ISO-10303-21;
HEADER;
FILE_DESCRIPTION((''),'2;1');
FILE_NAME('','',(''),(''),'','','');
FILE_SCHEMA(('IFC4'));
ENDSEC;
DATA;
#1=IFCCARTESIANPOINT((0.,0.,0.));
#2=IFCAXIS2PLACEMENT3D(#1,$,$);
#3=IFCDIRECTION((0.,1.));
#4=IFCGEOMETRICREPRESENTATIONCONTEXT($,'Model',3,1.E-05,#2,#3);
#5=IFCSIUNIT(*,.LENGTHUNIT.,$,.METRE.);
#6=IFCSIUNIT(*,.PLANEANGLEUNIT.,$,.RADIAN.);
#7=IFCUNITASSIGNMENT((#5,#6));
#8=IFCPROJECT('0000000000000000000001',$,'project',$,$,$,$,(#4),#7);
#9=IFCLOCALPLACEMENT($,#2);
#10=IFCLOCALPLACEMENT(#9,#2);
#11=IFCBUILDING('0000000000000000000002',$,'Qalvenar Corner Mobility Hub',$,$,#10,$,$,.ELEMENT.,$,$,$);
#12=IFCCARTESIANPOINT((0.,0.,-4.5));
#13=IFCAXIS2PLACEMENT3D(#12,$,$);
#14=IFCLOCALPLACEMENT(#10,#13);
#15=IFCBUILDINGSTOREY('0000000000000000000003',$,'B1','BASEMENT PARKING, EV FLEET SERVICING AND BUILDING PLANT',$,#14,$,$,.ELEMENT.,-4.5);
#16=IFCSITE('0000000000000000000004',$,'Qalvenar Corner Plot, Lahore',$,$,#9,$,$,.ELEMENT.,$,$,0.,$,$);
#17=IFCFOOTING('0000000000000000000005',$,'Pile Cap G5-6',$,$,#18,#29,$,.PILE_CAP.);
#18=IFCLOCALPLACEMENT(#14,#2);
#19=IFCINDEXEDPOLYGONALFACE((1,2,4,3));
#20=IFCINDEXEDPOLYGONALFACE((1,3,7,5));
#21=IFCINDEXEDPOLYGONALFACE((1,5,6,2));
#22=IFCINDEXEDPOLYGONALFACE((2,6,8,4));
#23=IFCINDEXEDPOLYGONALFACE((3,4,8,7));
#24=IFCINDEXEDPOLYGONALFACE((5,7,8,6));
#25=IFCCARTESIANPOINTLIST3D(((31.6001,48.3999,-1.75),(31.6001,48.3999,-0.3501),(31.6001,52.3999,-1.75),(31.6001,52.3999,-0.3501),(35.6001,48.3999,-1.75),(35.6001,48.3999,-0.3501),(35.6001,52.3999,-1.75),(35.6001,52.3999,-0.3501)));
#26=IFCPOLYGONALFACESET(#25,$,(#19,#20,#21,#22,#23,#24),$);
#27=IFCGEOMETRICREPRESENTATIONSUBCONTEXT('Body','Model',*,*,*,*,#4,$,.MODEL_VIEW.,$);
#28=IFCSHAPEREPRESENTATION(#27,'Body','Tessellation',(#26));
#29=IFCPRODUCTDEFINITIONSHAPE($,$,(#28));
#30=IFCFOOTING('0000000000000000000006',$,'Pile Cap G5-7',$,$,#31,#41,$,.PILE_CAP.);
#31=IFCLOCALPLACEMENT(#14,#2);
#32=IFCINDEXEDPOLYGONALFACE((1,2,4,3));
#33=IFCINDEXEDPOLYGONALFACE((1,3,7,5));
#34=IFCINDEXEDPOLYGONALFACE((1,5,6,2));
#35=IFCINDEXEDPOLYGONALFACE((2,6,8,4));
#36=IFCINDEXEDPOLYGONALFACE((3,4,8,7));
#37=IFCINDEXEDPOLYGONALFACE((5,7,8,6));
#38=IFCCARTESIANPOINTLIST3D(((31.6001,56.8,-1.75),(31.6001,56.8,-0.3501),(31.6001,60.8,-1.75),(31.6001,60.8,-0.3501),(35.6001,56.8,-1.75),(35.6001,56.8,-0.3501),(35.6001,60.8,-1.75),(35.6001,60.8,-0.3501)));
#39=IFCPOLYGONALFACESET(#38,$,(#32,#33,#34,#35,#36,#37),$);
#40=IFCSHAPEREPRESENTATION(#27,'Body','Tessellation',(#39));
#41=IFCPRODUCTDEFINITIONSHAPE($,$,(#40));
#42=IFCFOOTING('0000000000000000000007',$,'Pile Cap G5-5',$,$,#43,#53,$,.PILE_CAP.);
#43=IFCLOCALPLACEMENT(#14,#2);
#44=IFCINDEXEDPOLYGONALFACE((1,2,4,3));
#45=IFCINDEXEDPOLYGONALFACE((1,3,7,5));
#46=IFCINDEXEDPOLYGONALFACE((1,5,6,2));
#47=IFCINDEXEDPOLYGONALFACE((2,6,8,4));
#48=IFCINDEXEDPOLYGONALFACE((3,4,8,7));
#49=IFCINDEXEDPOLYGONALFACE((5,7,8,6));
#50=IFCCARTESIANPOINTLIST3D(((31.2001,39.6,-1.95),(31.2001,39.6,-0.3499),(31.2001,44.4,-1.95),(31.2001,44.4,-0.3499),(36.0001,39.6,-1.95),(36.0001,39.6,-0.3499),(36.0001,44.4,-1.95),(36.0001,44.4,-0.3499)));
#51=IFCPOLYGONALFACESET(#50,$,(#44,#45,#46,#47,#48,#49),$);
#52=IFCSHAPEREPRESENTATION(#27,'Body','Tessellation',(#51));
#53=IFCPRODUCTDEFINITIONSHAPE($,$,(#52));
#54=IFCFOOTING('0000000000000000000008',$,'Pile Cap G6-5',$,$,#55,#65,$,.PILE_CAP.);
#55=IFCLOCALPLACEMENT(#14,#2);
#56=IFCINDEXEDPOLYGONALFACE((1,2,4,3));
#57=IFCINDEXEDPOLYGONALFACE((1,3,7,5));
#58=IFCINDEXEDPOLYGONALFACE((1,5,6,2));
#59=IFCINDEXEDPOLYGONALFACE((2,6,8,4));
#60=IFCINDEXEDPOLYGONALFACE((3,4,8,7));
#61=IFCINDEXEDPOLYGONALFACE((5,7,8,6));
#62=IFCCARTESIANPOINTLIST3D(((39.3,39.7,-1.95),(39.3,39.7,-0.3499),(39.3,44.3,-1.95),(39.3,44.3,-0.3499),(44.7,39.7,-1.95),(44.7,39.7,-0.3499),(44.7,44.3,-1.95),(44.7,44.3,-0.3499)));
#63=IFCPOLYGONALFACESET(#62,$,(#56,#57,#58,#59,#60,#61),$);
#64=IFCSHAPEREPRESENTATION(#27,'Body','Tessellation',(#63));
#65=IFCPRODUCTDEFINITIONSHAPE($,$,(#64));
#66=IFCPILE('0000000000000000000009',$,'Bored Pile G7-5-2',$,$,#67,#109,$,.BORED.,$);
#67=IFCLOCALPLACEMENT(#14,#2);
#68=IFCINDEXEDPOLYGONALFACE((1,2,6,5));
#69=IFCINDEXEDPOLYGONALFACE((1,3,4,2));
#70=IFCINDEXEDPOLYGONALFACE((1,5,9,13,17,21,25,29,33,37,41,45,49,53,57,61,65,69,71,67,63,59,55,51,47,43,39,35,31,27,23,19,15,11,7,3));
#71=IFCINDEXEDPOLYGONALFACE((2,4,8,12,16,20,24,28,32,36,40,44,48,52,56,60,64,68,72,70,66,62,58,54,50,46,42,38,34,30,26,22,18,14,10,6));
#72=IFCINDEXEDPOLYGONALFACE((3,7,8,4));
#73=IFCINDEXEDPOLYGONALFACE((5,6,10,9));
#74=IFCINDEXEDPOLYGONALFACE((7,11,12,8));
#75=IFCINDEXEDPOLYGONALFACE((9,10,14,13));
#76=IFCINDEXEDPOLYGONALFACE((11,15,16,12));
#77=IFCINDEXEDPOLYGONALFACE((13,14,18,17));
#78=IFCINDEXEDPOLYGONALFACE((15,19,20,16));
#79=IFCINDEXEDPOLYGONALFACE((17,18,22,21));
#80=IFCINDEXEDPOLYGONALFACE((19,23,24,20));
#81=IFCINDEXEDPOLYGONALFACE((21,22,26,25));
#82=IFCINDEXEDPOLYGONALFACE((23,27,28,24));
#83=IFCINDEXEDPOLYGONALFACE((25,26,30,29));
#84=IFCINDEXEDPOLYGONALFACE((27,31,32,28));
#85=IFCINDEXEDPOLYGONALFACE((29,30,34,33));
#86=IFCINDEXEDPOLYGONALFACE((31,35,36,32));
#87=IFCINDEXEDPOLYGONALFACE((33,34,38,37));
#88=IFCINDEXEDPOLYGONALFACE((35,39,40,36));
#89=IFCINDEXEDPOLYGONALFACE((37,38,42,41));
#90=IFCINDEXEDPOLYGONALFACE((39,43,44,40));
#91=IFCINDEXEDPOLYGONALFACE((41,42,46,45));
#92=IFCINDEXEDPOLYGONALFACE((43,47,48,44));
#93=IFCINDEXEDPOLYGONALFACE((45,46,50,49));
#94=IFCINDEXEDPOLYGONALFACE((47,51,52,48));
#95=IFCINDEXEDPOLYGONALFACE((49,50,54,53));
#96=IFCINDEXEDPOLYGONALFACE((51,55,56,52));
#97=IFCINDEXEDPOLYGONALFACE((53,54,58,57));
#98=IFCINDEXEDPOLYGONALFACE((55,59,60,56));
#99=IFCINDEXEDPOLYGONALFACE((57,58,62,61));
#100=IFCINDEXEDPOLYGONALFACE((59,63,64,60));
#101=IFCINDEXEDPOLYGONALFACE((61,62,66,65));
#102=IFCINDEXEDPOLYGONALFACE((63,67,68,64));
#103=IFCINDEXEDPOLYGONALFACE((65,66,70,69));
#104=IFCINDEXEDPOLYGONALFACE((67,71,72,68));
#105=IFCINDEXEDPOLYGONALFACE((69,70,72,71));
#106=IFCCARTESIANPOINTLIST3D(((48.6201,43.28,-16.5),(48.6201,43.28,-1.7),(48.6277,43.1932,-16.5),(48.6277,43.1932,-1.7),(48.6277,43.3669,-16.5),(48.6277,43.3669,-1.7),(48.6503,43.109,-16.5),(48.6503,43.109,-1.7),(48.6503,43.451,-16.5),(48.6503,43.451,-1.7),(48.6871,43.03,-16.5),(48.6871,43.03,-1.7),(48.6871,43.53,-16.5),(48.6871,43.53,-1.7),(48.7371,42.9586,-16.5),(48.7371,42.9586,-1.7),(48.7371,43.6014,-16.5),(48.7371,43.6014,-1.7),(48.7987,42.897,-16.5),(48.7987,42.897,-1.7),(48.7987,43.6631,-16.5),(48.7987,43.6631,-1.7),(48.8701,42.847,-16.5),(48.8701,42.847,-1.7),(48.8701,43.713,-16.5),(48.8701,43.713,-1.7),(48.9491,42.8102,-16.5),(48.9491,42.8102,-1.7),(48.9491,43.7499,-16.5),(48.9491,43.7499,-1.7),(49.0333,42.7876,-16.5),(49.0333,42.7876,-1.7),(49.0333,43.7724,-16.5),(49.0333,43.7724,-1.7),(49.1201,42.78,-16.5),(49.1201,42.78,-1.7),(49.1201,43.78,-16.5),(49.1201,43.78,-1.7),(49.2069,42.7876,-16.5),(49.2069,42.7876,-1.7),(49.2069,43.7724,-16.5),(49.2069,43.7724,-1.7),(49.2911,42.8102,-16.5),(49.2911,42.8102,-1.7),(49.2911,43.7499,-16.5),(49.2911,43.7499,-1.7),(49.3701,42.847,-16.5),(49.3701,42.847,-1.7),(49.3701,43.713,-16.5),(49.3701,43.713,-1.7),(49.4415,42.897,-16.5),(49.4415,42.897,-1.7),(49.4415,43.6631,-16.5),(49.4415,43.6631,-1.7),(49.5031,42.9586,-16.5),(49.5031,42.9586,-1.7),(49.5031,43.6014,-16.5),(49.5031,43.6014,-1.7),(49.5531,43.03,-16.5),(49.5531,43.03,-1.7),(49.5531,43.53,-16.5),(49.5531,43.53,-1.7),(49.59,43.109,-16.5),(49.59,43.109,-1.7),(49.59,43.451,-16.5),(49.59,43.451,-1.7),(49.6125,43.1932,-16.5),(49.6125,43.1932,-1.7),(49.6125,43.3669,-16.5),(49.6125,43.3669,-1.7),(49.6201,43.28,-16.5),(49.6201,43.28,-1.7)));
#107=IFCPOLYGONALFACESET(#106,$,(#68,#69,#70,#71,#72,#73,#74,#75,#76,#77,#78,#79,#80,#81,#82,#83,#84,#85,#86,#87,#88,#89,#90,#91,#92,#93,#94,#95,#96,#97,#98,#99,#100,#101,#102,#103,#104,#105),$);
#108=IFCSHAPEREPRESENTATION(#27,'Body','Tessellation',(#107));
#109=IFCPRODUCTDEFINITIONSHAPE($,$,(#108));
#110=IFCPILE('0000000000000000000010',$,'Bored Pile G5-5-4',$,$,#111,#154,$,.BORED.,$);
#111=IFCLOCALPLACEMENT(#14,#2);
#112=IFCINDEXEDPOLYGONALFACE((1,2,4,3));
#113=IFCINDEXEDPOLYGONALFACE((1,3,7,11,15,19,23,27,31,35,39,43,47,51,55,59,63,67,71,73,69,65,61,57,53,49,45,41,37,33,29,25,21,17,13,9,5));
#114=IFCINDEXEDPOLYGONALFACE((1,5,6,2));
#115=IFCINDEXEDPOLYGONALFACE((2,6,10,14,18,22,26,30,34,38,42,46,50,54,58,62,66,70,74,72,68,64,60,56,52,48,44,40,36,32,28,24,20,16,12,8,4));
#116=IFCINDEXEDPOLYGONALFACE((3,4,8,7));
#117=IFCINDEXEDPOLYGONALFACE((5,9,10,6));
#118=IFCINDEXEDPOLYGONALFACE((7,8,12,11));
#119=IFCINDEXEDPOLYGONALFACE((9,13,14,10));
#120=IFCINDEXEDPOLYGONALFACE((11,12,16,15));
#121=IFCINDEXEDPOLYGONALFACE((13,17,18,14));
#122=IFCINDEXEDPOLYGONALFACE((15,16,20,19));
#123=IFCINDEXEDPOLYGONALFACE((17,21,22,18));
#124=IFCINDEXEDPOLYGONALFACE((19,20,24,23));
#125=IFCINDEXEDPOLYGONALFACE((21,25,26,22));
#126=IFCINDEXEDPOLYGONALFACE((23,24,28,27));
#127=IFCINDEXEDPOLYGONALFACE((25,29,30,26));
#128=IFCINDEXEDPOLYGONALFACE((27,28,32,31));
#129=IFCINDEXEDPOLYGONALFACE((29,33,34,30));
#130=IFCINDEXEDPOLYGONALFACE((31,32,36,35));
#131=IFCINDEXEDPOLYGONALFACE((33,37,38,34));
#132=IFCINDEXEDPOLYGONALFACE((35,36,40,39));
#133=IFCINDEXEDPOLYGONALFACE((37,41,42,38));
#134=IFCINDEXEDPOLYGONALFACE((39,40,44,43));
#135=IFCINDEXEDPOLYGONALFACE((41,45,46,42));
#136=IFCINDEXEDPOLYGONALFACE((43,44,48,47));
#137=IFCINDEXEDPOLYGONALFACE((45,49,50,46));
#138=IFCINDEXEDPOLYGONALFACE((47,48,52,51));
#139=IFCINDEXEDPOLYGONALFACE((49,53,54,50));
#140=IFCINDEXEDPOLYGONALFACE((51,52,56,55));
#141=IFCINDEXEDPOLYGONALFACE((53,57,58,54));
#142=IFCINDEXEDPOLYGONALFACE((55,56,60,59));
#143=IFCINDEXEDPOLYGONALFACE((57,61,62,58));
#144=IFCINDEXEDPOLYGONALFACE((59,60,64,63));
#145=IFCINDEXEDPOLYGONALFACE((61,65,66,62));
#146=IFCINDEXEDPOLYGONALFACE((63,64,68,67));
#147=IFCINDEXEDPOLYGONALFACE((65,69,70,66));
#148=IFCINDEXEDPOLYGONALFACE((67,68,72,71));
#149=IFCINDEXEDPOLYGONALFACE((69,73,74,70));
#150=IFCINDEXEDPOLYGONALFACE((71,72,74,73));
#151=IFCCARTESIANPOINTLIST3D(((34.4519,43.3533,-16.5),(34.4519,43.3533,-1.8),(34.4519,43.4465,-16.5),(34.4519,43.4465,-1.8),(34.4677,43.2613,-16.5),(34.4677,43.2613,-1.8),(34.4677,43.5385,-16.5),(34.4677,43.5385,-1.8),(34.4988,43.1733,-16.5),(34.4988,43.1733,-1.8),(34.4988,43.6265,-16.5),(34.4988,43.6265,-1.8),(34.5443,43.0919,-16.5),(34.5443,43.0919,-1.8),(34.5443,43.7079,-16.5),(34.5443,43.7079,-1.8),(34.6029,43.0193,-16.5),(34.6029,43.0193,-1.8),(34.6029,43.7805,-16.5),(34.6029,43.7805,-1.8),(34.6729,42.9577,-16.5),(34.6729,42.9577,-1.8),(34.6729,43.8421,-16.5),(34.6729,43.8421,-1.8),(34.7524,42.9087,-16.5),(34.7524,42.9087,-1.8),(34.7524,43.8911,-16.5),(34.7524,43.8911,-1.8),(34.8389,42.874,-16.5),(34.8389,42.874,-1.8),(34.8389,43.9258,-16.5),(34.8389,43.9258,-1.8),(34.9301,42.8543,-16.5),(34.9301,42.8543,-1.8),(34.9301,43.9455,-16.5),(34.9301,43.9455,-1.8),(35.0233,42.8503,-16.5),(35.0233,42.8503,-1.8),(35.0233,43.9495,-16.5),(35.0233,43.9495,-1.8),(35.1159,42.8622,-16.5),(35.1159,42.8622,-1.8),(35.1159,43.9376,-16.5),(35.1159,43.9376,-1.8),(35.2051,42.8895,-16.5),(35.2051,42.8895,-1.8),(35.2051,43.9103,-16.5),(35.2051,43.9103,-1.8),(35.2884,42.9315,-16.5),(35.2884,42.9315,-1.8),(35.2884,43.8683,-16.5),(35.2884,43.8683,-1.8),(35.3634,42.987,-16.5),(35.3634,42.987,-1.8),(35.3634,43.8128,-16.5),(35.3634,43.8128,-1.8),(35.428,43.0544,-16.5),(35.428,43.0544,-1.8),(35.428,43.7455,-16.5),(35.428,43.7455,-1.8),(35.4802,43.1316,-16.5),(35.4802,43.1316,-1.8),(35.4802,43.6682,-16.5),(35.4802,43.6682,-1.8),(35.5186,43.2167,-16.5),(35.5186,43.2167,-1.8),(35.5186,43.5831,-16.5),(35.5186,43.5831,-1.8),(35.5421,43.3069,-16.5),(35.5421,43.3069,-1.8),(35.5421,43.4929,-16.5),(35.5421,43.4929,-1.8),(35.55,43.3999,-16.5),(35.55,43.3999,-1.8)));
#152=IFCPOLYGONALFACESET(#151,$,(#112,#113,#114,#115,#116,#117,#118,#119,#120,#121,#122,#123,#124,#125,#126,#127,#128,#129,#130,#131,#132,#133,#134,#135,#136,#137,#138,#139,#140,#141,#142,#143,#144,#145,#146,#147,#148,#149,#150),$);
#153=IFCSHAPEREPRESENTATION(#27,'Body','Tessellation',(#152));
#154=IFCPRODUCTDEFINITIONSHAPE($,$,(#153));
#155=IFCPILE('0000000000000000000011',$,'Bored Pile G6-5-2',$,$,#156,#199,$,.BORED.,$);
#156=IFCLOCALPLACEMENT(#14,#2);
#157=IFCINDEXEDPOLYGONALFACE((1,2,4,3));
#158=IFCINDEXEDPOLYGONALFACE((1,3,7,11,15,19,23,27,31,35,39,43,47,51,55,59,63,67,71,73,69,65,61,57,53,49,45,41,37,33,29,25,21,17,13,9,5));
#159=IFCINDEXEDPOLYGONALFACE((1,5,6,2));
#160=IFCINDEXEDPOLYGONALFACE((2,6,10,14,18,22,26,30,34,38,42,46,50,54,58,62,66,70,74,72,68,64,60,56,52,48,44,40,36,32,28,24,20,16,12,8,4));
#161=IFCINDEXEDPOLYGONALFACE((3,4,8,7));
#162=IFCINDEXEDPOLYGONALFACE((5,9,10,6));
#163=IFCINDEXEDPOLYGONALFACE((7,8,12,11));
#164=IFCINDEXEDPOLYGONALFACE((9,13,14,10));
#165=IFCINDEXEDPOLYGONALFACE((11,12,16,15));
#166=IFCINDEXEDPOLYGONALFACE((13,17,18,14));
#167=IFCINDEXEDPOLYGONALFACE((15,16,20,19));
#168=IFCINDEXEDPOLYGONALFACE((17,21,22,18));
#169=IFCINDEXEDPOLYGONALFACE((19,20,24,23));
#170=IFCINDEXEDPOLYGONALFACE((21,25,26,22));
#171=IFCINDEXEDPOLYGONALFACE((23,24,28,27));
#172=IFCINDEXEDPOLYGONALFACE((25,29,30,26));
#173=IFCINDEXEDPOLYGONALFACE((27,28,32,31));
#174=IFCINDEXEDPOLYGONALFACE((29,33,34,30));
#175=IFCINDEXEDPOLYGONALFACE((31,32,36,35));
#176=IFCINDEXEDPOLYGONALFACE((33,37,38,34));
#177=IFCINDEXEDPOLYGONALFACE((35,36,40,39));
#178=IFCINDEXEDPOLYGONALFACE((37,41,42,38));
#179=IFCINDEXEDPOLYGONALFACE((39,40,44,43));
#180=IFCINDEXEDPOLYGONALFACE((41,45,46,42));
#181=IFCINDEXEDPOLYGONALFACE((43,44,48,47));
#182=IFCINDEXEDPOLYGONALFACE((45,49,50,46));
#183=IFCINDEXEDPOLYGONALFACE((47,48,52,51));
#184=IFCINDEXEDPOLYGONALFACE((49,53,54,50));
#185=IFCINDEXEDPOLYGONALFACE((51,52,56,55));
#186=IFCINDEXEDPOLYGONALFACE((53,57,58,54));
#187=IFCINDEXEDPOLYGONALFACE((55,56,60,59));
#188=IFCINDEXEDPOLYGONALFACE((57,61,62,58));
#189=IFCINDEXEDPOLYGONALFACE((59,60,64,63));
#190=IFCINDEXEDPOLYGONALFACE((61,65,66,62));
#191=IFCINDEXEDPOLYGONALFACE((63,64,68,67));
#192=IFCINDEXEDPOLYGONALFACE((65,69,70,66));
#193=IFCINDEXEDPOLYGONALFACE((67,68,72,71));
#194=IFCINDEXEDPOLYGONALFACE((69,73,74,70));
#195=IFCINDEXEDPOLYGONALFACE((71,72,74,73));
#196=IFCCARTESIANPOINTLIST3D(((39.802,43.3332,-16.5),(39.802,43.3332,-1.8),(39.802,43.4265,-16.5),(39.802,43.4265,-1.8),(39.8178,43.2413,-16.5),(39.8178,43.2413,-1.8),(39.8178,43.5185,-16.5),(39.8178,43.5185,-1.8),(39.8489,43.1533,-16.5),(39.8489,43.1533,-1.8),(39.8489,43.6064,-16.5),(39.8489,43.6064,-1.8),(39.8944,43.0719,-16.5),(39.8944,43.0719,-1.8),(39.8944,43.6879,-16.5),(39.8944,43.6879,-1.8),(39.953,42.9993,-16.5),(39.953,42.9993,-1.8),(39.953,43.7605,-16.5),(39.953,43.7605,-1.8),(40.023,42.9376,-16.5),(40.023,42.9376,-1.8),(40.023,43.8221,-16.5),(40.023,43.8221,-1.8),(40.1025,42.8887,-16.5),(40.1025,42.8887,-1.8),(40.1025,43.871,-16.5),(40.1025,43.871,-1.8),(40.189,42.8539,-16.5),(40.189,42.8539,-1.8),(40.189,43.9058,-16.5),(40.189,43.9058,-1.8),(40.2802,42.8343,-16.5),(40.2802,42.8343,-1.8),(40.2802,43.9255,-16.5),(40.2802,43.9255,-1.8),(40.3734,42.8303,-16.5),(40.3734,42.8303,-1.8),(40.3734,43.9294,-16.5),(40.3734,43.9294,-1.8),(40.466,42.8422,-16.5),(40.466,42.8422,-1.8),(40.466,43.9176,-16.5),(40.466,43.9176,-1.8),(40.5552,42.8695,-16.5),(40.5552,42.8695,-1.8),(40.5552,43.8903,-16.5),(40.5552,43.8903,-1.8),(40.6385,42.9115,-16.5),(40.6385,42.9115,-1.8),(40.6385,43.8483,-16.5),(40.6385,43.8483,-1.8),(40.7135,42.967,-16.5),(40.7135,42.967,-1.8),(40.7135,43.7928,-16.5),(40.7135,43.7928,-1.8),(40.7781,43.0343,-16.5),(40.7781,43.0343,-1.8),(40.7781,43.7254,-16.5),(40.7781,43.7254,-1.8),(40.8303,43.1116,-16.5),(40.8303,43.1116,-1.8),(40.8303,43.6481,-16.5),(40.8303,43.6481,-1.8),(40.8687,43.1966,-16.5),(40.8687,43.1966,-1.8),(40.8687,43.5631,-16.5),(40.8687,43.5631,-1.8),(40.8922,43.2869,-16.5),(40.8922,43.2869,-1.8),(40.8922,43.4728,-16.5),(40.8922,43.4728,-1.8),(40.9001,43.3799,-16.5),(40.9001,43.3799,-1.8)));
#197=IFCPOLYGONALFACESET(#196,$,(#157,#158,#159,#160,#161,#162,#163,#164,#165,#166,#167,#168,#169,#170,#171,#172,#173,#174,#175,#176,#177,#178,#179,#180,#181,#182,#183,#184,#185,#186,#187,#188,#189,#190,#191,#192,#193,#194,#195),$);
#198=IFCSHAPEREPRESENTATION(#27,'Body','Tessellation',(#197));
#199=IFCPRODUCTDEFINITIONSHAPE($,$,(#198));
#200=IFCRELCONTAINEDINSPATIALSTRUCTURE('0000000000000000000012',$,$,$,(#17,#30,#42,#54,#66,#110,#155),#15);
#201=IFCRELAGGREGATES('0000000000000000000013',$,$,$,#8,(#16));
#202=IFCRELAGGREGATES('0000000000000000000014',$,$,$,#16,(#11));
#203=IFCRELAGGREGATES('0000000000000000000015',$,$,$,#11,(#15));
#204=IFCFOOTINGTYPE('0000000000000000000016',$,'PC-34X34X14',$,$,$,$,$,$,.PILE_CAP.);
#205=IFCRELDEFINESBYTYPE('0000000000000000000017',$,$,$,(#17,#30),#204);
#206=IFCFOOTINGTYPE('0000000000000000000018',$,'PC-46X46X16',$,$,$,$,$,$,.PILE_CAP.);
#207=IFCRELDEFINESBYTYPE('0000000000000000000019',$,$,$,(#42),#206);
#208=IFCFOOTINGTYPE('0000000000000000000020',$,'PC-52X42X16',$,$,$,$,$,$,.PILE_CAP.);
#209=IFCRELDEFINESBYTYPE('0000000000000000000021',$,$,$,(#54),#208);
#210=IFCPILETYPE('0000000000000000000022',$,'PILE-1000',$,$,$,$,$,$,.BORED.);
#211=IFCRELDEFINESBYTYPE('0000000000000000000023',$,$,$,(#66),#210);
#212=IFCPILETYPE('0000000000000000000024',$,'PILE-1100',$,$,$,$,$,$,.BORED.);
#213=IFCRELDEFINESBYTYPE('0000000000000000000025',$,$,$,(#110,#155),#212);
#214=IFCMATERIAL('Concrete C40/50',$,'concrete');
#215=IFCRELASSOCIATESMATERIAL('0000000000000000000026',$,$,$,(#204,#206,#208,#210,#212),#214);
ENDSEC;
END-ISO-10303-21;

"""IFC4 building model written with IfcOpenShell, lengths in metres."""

from ifc_helpers import new_model, si_unit, direction, frame, origin, origin_2d, place, context, subcontext, project, spatial, rectangle, circle, extrude, material, material_profile, profile_set, type_object, element, save


model = new_model("IFC4")

# Units and contexts
model_context = context("Model", 3, precision=1e-05, world=origin(), true_north=direction((0.0, 1.0)))
body_context = subcontext(model_context, "Body", "Model", "MODEL_VIEW")
ifc_project = project(units=[si_unit("LENGTHUNIT", "METRE"), si_unit("PLANEANGLEUNIT", "RADIAN")], contexts=[model_context])

# Site, building, storey
site_placement = place(None, origin())
site = spatial("IfcSite", under=ifc_project, at=site_placement, Name="Qalvenar Corner Plot, Lahore", CompositionType="ELEMENT", RefElevation=0.0)
building_placement = place(site_placement, origin())
building = spatial("IfcBuilding", under=site, at=building_placement, Name="Qalvenar Corner Mobility Hub", CompositionType="ELEMENT")
storey_placement = place(building_placement, frame((0.0, 0.0, -4.5)))
storey = spatial("IfcBuildingStorey", under=building, at=storey_placement, Name="B1", Description="BASEMENT PARKING, EV FLEET SERVICING AND BUILDING PLANT", CompositionType="ELEMENT", Elevation=-4.5)

# Footings
ifc_material_1 = material(Name="Concrete C40/50", Category="concrete")
footing_type_1 = type_object("IfcFootingType", Name="PC-34X34X14", PredefinedType="PILE_CAP", material=ifc_material_1)
for number, where, z_axis, x_axis, name in (
    (1, (33.6001, 50.3999, -1.75), (0.0, 0.0, 1.0), (1.0, 0.0, 0.0), "Pile Cap G5-6"),
    (2, (33.6001, 58.8, -1.75), (0.0, 0.0, 1.0), (1.0, 0.0, 0.0), "Pile Cap G5-7"),
):
    element("IfcFooting", number, at=place(storey_placement, frame(where, z_axis=z_axis, x_axis=x_axis)), inside=storey, type_object=footing_type_1, Name=name, PredefinedType="PILE_CAP", context=body_context, shape_type="SweptSolid", body=[
        extrude(rectangle(XDim=4.0, YDim=4.0, at=origin_2d()), origin(), (0.0, 0.0, 1.0), 1.3999),
    ])
footing_type_2 = type_object("IfcFootingType", Name="PC-46X46X16", PredefinedType="PILE_CAP", material=ifc_material_1)
footing_1_placement = place(storey_placement, frame((33.6001, 42.0, -1.95), z_axis=(0.0, 0.0, 1.0), x_axis=(1.0, 0.0, 0.0)))
element("IfcFooting", 3, at=footing_1_placement, inside=storey, type_object=footing_type_2, Name="Pile Cap G5-5", PredefinedType="PILE_CAP", context=body_context, shape_type="SweptSolid", body=[
    extrude(rectangle(XDim=4.8, YDim=4.8, at=origin_2d()), origin(), (0.0, 0.0, 1.0), 1.6001),
])
footing_type_3 = type_object("IfcFootingType", Name="PC-52X42X16", PredefinedType="PILE_CAP", material=ifc_material_1)
footing_2_placement = place(storey_placement, frame((42.0, 42.0, -1.95), z_axis=(0.0, 0.0, 1.0), x_axis=(1.0, 0.0, 0.0)))
element("IfcFooting", 4, at=footing_2_placement, inside=storey, type_object=footing_type_3, Name="Pile Cap G6-5", PredefinedType="PILE_CAP", context=body_context, shape_type="SweptSolid", body=[
    extrude(rectangle(XDim=5.3999, YDim=4.6001, at=origin_2d()), origin(), (0.0, 0.0, 1.0), 1.6001),
])

# Piles
ifc_material_profile_1 = material_profile(ifc_material_1, circle(Radius=0.5, at=origin_2d()), Name="DIA1000")
ifc_profile_set_1 = profile_set([ifc_material_profile_1], Name="Concrete C40/50")
pile_type_1 = type_object("IfcPileType", Name="PILE-1000", PredefinedType="BORED", material=ifc_profile_set_1)
pile_placement = place(storey_placement, frame((49.1201, 43.28, -1.7), z_axis=(0.0, 0.0, -1.0), x_axis=(1.0, 0.0, 0.0)))
element("IfcPile", 5, at=pile_placement, inside=storey, type_object=pile_type_1, Name="Bored Pile G7-5-2", PredefinedType="BORED", context=body_context, shape_type="SweptSolid", body=[
    extrude(circle(Radius=0.5, at=origin_2d()), origin(), (0.0, 0.0, 1.0), 14.8),
])
ifc_material_profile_2 = material_profile(ifc_material_1, circle(Radius=0.55, at=origin_2d()), Name="DIA1100")
ifc_profile_set_2 = profile_set([ifc_material_profile_2], Name="Concrete C40/50")
pile_type_2 = type_object("IfcPileType", Name="PILE-1100", PredefinedType="BORED", material=ifc_profile_set_2)
for number, where, z_axis, x_axis, name in (
    (6, (35.0, 43.3999, -1.8), (0.0, 0.0, -1.0), (1.0, 0.0, 0.0), "Bored Pile G5-5-4"),
    (7, (40.3501, 43.3799, -1.8), (0.0, 0.0, -1.0), (1.0, 0.0, 0.0), "Bored Pile G6-5-2"),
):
    element("IfcPile", number, at=place(storey_placement, frame(where, z_axis=z_axis, x_axis=x_axis)), inside=storey, type_object=pile_type_2, Name=name, PredefinedType="BORED", context=body_context, shape_type="SweptSolid", body=[
        extrude(circle(Radius=0.55, at=origin_2d()), origin(), (0.0, 0.0, 1.0), 14.7),
    ])

save(model, "model.ifc")
